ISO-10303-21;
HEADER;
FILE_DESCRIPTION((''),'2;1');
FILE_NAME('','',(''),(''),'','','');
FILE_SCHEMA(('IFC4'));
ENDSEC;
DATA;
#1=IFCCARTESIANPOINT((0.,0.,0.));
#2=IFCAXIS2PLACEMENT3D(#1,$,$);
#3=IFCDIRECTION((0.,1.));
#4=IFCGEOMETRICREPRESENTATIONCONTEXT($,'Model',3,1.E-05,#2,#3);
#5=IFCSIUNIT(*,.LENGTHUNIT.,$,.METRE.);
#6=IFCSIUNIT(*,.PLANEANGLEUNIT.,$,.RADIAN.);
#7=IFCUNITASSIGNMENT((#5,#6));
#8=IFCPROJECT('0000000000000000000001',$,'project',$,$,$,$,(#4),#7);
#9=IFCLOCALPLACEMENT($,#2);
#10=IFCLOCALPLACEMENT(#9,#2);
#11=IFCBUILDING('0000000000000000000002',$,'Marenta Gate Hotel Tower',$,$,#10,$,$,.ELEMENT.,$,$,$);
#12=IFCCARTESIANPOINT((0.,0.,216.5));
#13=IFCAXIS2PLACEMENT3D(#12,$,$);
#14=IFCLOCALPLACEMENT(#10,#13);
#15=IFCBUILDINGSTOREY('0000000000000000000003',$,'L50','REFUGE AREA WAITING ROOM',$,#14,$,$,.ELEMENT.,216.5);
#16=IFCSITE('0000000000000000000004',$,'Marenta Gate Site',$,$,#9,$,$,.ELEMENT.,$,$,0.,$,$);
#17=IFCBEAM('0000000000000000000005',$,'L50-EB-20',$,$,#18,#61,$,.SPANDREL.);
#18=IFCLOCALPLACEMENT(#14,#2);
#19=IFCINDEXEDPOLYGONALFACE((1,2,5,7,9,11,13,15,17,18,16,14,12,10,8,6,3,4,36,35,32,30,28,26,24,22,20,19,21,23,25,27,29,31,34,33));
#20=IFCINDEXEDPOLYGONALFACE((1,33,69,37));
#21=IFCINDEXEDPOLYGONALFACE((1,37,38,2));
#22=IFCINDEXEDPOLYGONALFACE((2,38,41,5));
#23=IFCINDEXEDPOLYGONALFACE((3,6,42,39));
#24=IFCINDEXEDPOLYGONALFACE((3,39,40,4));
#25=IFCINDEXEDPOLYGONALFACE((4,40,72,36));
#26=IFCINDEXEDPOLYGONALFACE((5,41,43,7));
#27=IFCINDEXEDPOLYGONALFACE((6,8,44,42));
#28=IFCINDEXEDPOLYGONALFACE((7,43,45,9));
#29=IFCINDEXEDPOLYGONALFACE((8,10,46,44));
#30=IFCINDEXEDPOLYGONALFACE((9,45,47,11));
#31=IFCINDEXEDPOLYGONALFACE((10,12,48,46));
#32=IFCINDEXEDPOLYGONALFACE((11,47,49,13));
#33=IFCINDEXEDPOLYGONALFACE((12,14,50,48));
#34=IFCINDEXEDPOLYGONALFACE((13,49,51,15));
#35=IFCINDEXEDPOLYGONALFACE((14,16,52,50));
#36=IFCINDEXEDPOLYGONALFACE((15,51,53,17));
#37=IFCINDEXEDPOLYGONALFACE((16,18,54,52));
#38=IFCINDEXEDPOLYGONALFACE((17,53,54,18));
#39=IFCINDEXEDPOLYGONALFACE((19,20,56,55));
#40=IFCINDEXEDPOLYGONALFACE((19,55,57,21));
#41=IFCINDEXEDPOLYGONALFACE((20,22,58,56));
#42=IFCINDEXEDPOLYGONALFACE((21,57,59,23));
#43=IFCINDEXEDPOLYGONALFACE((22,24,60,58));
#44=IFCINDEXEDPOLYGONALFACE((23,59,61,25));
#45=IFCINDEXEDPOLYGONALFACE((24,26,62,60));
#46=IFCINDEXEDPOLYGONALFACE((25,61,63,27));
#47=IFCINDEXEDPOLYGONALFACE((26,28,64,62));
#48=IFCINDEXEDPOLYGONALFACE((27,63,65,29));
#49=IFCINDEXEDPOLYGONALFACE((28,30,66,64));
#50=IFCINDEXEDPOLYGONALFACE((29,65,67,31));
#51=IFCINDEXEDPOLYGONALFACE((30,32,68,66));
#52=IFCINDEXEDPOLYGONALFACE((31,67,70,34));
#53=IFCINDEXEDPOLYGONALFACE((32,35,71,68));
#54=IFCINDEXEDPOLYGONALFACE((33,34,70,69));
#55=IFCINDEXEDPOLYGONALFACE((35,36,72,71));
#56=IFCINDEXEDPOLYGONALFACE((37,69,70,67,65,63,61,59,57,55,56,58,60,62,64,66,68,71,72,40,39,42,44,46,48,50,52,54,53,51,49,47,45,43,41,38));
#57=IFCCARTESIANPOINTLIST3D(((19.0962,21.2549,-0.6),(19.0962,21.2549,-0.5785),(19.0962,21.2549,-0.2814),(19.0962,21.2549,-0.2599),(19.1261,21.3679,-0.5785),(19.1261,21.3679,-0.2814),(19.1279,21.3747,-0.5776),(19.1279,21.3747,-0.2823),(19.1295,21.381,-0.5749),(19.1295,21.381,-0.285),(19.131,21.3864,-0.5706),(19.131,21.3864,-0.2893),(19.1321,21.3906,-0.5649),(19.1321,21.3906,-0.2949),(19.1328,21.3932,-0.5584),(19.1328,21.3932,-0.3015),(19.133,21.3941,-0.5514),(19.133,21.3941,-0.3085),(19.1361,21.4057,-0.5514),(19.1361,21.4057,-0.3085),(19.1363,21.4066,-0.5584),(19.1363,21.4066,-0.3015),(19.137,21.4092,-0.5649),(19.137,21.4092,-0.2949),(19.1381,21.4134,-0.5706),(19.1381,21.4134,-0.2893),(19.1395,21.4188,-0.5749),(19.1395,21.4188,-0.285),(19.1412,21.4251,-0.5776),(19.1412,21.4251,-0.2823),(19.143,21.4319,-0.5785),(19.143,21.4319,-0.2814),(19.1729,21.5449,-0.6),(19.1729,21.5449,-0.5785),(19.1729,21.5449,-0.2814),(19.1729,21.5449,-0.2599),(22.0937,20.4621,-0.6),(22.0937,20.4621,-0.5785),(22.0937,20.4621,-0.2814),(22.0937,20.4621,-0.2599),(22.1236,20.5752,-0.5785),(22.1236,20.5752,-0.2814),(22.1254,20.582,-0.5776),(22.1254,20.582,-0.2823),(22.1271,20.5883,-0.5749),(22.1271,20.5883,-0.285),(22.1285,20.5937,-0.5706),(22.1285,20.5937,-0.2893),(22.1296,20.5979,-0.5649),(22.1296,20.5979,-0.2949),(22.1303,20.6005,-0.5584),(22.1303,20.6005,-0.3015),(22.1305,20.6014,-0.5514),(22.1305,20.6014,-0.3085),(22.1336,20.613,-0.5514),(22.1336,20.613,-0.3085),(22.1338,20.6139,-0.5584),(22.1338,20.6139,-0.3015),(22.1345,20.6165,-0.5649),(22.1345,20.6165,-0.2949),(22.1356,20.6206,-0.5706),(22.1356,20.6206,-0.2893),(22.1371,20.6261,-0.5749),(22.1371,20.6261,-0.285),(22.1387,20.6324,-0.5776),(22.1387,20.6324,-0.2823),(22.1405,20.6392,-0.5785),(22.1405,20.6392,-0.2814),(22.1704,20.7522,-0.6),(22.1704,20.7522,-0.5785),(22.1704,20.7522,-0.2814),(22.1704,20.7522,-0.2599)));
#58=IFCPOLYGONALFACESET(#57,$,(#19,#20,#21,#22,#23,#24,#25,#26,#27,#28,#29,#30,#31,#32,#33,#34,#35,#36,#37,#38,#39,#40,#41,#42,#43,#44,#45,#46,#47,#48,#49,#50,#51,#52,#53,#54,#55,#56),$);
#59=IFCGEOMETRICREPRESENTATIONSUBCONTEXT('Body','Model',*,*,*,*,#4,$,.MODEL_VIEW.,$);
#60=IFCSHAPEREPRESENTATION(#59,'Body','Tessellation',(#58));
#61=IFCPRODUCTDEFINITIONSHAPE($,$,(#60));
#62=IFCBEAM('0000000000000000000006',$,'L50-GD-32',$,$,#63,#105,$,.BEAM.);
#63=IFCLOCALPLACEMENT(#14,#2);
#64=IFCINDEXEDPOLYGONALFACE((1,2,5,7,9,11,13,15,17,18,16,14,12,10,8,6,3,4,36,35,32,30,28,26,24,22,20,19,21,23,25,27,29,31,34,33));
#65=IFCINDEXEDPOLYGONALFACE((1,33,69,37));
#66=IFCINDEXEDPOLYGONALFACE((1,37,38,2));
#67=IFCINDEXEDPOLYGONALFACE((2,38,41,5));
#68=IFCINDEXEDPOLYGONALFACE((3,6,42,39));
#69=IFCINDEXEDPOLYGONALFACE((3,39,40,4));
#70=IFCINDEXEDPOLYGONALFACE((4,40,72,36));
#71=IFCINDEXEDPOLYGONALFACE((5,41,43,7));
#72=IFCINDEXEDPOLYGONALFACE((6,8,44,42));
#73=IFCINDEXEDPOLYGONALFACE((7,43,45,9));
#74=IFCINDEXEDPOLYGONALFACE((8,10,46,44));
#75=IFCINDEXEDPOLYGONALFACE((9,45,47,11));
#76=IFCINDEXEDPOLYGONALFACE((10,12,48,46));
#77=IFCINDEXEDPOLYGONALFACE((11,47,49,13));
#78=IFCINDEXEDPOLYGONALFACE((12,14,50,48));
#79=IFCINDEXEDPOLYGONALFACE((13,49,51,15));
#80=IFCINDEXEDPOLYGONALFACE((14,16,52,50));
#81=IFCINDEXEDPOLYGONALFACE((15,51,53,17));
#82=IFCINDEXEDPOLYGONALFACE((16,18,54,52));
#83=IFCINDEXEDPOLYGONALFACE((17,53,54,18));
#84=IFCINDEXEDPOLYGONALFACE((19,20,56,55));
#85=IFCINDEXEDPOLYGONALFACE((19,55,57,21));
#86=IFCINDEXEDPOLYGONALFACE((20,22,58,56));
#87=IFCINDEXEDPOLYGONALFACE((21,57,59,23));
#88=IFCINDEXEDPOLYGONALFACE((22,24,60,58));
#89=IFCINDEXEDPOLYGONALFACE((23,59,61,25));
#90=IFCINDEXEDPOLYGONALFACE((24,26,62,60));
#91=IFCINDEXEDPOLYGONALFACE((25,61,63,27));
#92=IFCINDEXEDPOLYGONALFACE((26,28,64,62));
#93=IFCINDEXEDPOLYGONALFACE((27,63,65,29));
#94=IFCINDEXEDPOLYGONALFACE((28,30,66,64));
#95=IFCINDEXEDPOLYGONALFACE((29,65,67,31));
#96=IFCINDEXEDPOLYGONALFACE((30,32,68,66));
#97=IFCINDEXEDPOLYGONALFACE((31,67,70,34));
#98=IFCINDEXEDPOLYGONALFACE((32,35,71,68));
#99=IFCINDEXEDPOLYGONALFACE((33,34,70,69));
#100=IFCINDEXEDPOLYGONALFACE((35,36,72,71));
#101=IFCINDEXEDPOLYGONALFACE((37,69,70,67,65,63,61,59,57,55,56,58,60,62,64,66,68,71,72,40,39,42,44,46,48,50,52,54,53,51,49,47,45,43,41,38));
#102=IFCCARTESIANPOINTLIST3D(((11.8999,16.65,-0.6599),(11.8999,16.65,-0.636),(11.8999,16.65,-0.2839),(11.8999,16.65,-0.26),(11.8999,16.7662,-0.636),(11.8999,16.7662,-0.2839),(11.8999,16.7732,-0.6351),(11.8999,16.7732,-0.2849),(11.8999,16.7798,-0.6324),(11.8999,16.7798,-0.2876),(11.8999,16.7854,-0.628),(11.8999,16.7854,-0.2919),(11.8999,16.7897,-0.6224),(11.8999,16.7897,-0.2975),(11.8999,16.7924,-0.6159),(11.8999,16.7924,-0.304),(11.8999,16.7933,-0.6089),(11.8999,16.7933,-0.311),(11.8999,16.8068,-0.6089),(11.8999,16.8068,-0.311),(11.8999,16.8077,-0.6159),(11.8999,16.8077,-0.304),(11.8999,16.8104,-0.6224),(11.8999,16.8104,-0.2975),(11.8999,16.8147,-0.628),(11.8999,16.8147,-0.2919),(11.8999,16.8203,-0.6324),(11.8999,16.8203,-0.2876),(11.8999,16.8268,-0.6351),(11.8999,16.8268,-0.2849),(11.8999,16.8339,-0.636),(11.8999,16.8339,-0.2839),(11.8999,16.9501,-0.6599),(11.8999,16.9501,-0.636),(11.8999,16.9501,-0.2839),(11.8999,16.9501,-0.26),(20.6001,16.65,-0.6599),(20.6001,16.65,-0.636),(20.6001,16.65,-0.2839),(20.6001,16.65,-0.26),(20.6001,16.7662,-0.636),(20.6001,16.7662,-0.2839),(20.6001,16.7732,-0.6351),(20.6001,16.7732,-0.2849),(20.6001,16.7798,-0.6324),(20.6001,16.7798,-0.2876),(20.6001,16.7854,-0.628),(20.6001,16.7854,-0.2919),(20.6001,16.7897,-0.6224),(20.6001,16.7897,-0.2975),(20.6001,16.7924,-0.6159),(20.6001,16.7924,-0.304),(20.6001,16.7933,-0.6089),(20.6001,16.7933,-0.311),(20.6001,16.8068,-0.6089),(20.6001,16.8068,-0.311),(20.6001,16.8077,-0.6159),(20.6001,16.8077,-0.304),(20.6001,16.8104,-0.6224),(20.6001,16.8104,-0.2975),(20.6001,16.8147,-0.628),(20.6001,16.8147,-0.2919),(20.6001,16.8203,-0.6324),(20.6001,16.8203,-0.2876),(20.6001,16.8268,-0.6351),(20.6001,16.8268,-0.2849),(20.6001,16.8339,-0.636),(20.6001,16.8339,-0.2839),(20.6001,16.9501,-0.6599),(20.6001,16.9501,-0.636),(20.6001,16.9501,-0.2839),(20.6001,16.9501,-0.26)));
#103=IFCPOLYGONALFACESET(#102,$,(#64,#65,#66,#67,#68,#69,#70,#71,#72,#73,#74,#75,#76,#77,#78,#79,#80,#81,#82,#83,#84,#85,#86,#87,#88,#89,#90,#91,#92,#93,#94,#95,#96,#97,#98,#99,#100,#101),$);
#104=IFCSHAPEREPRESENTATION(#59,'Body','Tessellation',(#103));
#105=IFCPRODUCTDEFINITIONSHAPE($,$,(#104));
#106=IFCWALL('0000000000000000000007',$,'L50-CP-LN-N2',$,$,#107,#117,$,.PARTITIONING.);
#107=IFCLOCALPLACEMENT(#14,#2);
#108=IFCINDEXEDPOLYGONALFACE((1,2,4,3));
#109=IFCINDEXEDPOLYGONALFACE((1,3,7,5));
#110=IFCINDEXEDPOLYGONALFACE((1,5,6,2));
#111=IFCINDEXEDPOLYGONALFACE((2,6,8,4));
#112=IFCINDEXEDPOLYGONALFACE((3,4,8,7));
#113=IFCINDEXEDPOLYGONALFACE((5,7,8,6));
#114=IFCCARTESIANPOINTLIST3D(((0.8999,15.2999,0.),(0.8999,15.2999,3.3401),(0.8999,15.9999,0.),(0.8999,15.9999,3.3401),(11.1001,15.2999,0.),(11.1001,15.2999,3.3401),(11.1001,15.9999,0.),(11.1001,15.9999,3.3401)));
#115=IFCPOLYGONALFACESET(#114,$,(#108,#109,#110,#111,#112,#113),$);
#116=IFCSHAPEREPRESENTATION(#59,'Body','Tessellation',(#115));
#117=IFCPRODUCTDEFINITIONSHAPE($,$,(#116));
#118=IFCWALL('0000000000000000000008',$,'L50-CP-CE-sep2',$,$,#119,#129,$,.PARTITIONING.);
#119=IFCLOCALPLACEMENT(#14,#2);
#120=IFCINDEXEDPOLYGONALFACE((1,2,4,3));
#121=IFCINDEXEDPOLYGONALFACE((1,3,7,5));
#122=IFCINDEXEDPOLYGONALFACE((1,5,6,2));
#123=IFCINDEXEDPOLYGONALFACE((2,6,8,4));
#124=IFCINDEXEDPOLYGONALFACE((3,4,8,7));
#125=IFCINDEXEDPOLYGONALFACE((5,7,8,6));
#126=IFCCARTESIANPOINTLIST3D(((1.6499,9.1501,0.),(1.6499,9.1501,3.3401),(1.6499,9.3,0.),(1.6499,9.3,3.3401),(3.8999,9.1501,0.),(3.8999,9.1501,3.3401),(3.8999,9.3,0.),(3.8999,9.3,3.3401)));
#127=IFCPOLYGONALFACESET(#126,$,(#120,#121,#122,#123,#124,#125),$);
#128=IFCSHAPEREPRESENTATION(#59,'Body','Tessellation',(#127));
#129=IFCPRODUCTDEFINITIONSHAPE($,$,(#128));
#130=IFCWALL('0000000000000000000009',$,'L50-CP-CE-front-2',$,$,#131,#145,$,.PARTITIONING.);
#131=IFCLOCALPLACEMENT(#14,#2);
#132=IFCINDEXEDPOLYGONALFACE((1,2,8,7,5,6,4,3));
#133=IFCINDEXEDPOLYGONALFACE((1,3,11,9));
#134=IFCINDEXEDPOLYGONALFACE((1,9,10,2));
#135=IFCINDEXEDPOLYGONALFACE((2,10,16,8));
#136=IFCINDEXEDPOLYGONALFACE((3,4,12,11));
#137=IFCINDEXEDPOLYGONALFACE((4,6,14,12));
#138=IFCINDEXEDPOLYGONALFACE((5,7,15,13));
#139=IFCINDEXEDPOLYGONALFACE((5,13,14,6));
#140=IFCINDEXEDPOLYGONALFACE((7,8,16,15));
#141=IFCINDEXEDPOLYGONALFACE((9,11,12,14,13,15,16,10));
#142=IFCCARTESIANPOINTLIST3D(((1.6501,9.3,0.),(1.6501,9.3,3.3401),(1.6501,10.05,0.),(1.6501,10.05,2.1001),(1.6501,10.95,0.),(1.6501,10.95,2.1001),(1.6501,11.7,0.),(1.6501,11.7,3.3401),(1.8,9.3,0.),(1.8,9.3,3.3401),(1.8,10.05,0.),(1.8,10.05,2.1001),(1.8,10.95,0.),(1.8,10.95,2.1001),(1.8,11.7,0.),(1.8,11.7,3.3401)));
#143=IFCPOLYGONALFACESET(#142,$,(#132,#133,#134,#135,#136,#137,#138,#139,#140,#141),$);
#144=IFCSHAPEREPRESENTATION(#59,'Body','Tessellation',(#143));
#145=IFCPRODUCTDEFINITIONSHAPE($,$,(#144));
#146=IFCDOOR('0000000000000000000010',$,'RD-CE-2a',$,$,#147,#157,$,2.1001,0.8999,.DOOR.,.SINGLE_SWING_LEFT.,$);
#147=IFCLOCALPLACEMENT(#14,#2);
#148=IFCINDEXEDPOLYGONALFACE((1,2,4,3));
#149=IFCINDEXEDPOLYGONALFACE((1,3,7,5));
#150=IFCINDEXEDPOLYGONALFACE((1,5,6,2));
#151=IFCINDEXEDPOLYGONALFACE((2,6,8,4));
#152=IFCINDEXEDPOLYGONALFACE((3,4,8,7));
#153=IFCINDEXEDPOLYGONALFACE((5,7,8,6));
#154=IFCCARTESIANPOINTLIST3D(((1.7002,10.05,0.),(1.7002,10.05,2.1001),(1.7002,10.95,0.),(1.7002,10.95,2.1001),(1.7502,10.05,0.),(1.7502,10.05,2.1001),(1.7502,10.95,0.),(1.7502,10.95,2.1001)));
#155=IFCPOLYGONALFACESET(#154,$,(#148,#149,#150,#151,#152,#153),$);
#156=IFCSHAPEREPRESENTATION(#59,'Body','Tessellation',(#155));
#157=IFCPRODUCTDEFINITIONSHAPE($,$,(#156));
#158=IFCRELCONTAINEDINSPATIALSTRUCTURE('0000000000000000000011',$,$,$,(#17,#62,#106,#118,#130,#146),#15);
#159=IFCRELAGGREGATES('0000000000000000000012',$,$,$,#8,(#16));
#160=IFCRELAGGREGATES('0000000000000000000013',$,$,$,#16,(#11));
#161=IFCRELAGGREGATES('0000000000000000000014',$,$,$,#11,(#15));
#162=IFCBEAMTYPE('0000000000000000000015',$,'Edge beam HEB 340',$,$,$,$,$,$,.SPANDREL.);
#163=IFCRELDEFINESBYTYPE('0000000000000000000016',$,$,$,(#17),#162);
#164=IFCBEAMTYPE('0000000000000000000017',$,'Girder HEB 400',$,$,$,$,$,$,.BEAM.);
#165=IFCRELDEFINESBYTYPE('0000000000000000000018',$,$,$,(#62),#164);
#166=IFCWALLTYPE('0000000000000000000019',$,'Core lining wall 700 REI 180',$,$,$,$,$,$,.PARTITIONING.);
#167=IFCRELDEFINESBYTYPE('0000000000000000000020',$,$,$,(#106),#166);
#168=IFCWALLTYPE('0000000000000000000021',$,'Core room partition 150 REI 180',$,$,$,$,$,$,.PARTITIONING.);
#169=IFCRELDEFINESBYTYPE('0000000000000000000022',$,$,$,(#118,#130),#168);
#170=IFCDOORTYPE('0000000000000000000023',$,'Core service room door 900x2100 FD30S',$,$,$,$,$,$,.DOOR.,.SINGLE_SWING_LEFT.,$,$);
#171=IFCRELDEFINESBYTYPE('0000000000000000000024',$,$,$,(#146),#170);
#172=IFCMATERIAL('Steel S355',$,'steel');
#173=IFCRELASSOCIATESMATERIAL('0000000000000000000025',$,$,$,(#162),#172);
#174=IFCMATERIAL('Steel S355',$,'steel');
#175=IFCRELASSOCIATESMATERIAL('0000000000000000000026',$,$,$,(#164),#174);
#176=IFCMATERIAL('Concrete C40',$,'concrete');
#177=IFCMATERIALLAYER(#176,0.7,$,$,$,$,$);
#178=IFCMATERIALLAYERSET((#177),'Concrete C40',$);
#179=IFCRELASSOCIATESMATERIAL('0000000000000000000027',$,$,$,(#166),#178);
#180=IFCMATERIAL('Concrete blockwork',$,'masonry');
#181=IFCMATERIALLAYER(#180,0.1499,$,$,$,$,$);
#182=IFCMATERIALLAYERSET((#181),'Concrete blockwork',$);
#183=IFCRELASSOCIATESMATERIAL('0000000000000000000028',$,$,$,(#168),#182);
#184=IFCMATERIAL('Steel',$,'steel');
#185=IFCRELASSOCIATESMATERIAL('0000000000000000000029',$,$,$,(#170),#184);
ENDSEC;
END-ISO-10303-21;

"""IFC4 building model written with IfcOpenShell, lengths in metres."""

from ifc_helpers import new_model, si_unit, direction, frame, frame_2d, origin, origin_2d, place, context, subcontext, project, spatial, rectangle, i_section, extrude, material, layer, layer_set, material_profile, profile_set, type_object, element, fill, save


model = new_model("IFC4")

# Units and contexts
model_context = context("Model", 3, precision=1e-05, world=origin(), true_north=direction((0.0, 1.0)))
body_context = subcontext(model_context, "Body", "Model", "MODEL_VIEW")
ifc_project = project(units=[si_unit("LENGTHUNIT", "METRE"), si_unit("PLANEANGLEUNIT", "RADIAN")], contexts=[model_context])

# Site, building, storey
site_placement = place(None, origin())
site = spatial("IfcSite", under=ifc_project, at=site_placement, Name="Marenta Gate Site", CompositionType="ELEMENT", RefElevation=0.0)
building_placement = place(site_placement, origin())
building = spatial("IfcBuilding", under=site, at=building_placement, Name="Marenta Gate Hotel Tower", CompositionType="ELEMENT")
storey_placement = place(building_placement, frame((0.0, 0.0, 216.5)))
storey = spatial("IfcBuildingStorey", under=building, at=storey_placement, Name="L50", Description="REFUGE AREA WAITING ROOM", CompositionType="ELEMENT", Elevation=216.5)

# Beams
ifc_material_1 = material(Name="Steel S355", Category="steel")
ifc_material_profile_1 = material_profile(ifc_material_1, i_section(OverallWidth=0.3, OverallDepth=0.3401, WebThickness=0.012, FlangeThickness=0.0215, FilletRadius=0.0271, at=origin_2d()), Name="HEB 340")
ifc_profile_set_1 = profile_set([ifc_material_profile_1], Name="Steel S355")
beam_type_1 = type_object("IfcBeamType", Name="Edge beam HEB 340", PredefinedType="SPANDREL", material=ifc_profile_set_1)
beam_1_placement = place(storey_placement, frame((19.1345, 21.3999, -0.4299), z_axis=(0.966765, -0.255667, 0.0), x_axis=(0.255667, 0.966765, 0.0)))
element("IfcBeam", 1, at=beam_1_placement, inside=storey, type_object=beam_type_1, Name="L50-EB-20", PredefinedType="SPANDREL", context=body_context, shape_type="SweptSolid", body=[
    extrude(i_section(OverallWidth=0.3, OverallDepth=0.3401, WebThickness=0.012, FlangeThickness=0.0215, FilletRadius=0.0271, at=origin_2d()), origin(), (0.0, 0.0, 1.0), 3.1006),
])
ifc_material_2 = material(Name="Steel S355", Category="steel")
ifc_material_profile_2 = material_profile(ifc_material_2, i_section(OverallWidth=0.3, OverallDepth=0.3999, WebThickness=0.0134, FlangeThickness=0.0239, FilletRadius=0.0271, at=origin_2d()), Name="HEB 400")
ifc_profile_set_2 = profile_set([ifc_material_profile_2], Name="Steel S355")
beam_type_2 = type_object("IfcBeamType", Name="Girder HEB 400", PredefinedType="BEAM", material=ifc_profile_set_2)
beam_2_placement = place(storey_placement, frame((11.8999, 16.8, -0.46), z_axis=(1.0, 0.0, 0.0), x_axis=(0.0, 1.0, 0.0)))
element("IfcBeam", 2, at=beam_2_placement, inside=storey, type_object=beam_type_2, Name="L50-GD-32", PredefinedType="BEAM", context=body_context, shape_type="SweptSolid", body=[
    extrude(i_section(OverallWidth=0.3, OverallDepth=0.3999, WebThickness=0.0134, FlangeThickness=0.0239, FilletRadius=0.0271, at=origin_2d()), origin(), (0.0, 0.0, 1.0), 8.7002),
])

# Walls
ifc_material_3 = material(Name="Concrete C40", Category="concrete")
ifc_layer_1 = layer(ifc_material_3, 0.7)
ifc_layer_set_1 = layer_set([ifc_layer_1], Name="Concrete C40")
wall_type_1 = type_object("IfcWallType", Name="Core lining wall 700 REI 180", PredefinedType="PARTITIONING", material=ifc_layer_set_1)
wall_1_placement = place(storey_placement, frame((0.8999, 15.6499, 0.0), z_axis=(0.0, 0.0, 1.0), x_axis=(1.0, 0.0, 0.0)))
element("IfcWall", 3, at=wall_1_placement, inside=storey, type_object=wall_type_1, Name="L50-CP-LN-N2", PredefinedType="PARTITIONING", context=body_context, shape_type="SweptSolid", body=[
    extrude(rectangle(XDim=10.2002, YDim=0.7, at=frame_2d((5.1001, 0.0))), origin(), (0.0, 0.0, 1.0), 3.3401),
])
ifc_material_4 = material(Name="Concrete blockwork", Category="masonry")
ifc_layer_2 = layer(ifc_material_4, 0.1499)
ifc_layer_set_2 = layer_set([ifc_layer_2], Name="Concrete blockwork")
wall_type_2 = type_object("IfcWallType", Name="Core room partition 150 REI 180", PredefinedType="PARTITIONING", material=ifc_layer_set_2)
wall_2_placement = place(storey_placement, frame((1.6499, 9.2251, 0.0), z_axis=(0.0, 0.0, 1.0), x_axis=(1.0, 0.0, 0.0)))
element("IfcWall", 4, at=wall_2_placement, inside=storey, type_object=wall_type_2, Name="L50-CP-CE-sep2", PredefinedType="PARTITIONING", context=body_context, shape_type="SweptSolid", body=[
    extrude(rectangle(XDim=2.25, YDim=0.1499, at=frame_2d((1.125, 0.0))), origin(), (0.0, 0.0, 1.0), 3.3401),
])

# Wall, opening, door
wall_3_placement = place(storey_placement, frame((1.7251, 9.3, 0.0), z_axis=(0.0, 0.0, 1.0), x_axis=(0.0, 1.0, 0.0)))
wall_3 = element("IfcWall", 5, at=wall_3_placement, inside=storey, type_object=wall_type_2, Name="L50-CP-CE-front-2", PredefinedType="PARTITIONING", context=body_context, shape_type="SweptSolid", body=[
    extrude(rectangle(XDim=2.3999, YDim=0.1499, at=frame_2d((1.2, 0.0))), origin(), (0.0, 0.0, 1.0), 3.3401),
])
opening_1_placement = place(wall_3_placement, frame((0.75, 0.0, 0.0)))
opening_1 = element("IfcOpeningElement", 6, at=opening_1_placement, cuts=wall_3, PredefinedType="OPENING", context=body_context, shape_type="SweptSolid", body=[
    extrude(rectangle(XDim=0.8999, YDim=2.1001, at=frame_2d((0.45, 1.05))), frame((0.0, 0.075, 0.0), z_axis=(0.0, -1.0, 0.0), x_axis=(1.0, 0.0, 0.0)), (0.0, 0.0, 1.0), 0.1499),
])
ifc_material_5 = material(Name="Steel", Category="steel")
door_type_1 = type_object("IfcDoorType", Name="Core service room door 900x2100 FD30S", OperationType="SINGLE_SWING_LEFT", PredefinedType="DOOR", material=ifc_material_5)
door_1_placement = place(opening_1_placement, origin())
door_1 = element("IfcDoor", 7, at=door_1_placement, inside=storey, type_object=door_type_1, Name="RD-CE-2a", OperationType="SINGLE_SWING_LEFT", OverallHeight=2.1001, OverallWidth=0.8999, PredefinedType="DOOR", context=body_context, shape_type="SweptSolid", body=[
    extrude(rectangle(XDim=0.8999, YDim=2.1001, at=frame_2d((0.45, 1.05))), frame((0.0, 0.0249, 0.0), z_axis=(0.0, -1.0, 0.0), x_axis=(1.0, 0.0, 0.0)), (0.0, 0.0, 1.0), 0.05),
])
fill(opening_1, door_1)

save(model, "model.ifc")
